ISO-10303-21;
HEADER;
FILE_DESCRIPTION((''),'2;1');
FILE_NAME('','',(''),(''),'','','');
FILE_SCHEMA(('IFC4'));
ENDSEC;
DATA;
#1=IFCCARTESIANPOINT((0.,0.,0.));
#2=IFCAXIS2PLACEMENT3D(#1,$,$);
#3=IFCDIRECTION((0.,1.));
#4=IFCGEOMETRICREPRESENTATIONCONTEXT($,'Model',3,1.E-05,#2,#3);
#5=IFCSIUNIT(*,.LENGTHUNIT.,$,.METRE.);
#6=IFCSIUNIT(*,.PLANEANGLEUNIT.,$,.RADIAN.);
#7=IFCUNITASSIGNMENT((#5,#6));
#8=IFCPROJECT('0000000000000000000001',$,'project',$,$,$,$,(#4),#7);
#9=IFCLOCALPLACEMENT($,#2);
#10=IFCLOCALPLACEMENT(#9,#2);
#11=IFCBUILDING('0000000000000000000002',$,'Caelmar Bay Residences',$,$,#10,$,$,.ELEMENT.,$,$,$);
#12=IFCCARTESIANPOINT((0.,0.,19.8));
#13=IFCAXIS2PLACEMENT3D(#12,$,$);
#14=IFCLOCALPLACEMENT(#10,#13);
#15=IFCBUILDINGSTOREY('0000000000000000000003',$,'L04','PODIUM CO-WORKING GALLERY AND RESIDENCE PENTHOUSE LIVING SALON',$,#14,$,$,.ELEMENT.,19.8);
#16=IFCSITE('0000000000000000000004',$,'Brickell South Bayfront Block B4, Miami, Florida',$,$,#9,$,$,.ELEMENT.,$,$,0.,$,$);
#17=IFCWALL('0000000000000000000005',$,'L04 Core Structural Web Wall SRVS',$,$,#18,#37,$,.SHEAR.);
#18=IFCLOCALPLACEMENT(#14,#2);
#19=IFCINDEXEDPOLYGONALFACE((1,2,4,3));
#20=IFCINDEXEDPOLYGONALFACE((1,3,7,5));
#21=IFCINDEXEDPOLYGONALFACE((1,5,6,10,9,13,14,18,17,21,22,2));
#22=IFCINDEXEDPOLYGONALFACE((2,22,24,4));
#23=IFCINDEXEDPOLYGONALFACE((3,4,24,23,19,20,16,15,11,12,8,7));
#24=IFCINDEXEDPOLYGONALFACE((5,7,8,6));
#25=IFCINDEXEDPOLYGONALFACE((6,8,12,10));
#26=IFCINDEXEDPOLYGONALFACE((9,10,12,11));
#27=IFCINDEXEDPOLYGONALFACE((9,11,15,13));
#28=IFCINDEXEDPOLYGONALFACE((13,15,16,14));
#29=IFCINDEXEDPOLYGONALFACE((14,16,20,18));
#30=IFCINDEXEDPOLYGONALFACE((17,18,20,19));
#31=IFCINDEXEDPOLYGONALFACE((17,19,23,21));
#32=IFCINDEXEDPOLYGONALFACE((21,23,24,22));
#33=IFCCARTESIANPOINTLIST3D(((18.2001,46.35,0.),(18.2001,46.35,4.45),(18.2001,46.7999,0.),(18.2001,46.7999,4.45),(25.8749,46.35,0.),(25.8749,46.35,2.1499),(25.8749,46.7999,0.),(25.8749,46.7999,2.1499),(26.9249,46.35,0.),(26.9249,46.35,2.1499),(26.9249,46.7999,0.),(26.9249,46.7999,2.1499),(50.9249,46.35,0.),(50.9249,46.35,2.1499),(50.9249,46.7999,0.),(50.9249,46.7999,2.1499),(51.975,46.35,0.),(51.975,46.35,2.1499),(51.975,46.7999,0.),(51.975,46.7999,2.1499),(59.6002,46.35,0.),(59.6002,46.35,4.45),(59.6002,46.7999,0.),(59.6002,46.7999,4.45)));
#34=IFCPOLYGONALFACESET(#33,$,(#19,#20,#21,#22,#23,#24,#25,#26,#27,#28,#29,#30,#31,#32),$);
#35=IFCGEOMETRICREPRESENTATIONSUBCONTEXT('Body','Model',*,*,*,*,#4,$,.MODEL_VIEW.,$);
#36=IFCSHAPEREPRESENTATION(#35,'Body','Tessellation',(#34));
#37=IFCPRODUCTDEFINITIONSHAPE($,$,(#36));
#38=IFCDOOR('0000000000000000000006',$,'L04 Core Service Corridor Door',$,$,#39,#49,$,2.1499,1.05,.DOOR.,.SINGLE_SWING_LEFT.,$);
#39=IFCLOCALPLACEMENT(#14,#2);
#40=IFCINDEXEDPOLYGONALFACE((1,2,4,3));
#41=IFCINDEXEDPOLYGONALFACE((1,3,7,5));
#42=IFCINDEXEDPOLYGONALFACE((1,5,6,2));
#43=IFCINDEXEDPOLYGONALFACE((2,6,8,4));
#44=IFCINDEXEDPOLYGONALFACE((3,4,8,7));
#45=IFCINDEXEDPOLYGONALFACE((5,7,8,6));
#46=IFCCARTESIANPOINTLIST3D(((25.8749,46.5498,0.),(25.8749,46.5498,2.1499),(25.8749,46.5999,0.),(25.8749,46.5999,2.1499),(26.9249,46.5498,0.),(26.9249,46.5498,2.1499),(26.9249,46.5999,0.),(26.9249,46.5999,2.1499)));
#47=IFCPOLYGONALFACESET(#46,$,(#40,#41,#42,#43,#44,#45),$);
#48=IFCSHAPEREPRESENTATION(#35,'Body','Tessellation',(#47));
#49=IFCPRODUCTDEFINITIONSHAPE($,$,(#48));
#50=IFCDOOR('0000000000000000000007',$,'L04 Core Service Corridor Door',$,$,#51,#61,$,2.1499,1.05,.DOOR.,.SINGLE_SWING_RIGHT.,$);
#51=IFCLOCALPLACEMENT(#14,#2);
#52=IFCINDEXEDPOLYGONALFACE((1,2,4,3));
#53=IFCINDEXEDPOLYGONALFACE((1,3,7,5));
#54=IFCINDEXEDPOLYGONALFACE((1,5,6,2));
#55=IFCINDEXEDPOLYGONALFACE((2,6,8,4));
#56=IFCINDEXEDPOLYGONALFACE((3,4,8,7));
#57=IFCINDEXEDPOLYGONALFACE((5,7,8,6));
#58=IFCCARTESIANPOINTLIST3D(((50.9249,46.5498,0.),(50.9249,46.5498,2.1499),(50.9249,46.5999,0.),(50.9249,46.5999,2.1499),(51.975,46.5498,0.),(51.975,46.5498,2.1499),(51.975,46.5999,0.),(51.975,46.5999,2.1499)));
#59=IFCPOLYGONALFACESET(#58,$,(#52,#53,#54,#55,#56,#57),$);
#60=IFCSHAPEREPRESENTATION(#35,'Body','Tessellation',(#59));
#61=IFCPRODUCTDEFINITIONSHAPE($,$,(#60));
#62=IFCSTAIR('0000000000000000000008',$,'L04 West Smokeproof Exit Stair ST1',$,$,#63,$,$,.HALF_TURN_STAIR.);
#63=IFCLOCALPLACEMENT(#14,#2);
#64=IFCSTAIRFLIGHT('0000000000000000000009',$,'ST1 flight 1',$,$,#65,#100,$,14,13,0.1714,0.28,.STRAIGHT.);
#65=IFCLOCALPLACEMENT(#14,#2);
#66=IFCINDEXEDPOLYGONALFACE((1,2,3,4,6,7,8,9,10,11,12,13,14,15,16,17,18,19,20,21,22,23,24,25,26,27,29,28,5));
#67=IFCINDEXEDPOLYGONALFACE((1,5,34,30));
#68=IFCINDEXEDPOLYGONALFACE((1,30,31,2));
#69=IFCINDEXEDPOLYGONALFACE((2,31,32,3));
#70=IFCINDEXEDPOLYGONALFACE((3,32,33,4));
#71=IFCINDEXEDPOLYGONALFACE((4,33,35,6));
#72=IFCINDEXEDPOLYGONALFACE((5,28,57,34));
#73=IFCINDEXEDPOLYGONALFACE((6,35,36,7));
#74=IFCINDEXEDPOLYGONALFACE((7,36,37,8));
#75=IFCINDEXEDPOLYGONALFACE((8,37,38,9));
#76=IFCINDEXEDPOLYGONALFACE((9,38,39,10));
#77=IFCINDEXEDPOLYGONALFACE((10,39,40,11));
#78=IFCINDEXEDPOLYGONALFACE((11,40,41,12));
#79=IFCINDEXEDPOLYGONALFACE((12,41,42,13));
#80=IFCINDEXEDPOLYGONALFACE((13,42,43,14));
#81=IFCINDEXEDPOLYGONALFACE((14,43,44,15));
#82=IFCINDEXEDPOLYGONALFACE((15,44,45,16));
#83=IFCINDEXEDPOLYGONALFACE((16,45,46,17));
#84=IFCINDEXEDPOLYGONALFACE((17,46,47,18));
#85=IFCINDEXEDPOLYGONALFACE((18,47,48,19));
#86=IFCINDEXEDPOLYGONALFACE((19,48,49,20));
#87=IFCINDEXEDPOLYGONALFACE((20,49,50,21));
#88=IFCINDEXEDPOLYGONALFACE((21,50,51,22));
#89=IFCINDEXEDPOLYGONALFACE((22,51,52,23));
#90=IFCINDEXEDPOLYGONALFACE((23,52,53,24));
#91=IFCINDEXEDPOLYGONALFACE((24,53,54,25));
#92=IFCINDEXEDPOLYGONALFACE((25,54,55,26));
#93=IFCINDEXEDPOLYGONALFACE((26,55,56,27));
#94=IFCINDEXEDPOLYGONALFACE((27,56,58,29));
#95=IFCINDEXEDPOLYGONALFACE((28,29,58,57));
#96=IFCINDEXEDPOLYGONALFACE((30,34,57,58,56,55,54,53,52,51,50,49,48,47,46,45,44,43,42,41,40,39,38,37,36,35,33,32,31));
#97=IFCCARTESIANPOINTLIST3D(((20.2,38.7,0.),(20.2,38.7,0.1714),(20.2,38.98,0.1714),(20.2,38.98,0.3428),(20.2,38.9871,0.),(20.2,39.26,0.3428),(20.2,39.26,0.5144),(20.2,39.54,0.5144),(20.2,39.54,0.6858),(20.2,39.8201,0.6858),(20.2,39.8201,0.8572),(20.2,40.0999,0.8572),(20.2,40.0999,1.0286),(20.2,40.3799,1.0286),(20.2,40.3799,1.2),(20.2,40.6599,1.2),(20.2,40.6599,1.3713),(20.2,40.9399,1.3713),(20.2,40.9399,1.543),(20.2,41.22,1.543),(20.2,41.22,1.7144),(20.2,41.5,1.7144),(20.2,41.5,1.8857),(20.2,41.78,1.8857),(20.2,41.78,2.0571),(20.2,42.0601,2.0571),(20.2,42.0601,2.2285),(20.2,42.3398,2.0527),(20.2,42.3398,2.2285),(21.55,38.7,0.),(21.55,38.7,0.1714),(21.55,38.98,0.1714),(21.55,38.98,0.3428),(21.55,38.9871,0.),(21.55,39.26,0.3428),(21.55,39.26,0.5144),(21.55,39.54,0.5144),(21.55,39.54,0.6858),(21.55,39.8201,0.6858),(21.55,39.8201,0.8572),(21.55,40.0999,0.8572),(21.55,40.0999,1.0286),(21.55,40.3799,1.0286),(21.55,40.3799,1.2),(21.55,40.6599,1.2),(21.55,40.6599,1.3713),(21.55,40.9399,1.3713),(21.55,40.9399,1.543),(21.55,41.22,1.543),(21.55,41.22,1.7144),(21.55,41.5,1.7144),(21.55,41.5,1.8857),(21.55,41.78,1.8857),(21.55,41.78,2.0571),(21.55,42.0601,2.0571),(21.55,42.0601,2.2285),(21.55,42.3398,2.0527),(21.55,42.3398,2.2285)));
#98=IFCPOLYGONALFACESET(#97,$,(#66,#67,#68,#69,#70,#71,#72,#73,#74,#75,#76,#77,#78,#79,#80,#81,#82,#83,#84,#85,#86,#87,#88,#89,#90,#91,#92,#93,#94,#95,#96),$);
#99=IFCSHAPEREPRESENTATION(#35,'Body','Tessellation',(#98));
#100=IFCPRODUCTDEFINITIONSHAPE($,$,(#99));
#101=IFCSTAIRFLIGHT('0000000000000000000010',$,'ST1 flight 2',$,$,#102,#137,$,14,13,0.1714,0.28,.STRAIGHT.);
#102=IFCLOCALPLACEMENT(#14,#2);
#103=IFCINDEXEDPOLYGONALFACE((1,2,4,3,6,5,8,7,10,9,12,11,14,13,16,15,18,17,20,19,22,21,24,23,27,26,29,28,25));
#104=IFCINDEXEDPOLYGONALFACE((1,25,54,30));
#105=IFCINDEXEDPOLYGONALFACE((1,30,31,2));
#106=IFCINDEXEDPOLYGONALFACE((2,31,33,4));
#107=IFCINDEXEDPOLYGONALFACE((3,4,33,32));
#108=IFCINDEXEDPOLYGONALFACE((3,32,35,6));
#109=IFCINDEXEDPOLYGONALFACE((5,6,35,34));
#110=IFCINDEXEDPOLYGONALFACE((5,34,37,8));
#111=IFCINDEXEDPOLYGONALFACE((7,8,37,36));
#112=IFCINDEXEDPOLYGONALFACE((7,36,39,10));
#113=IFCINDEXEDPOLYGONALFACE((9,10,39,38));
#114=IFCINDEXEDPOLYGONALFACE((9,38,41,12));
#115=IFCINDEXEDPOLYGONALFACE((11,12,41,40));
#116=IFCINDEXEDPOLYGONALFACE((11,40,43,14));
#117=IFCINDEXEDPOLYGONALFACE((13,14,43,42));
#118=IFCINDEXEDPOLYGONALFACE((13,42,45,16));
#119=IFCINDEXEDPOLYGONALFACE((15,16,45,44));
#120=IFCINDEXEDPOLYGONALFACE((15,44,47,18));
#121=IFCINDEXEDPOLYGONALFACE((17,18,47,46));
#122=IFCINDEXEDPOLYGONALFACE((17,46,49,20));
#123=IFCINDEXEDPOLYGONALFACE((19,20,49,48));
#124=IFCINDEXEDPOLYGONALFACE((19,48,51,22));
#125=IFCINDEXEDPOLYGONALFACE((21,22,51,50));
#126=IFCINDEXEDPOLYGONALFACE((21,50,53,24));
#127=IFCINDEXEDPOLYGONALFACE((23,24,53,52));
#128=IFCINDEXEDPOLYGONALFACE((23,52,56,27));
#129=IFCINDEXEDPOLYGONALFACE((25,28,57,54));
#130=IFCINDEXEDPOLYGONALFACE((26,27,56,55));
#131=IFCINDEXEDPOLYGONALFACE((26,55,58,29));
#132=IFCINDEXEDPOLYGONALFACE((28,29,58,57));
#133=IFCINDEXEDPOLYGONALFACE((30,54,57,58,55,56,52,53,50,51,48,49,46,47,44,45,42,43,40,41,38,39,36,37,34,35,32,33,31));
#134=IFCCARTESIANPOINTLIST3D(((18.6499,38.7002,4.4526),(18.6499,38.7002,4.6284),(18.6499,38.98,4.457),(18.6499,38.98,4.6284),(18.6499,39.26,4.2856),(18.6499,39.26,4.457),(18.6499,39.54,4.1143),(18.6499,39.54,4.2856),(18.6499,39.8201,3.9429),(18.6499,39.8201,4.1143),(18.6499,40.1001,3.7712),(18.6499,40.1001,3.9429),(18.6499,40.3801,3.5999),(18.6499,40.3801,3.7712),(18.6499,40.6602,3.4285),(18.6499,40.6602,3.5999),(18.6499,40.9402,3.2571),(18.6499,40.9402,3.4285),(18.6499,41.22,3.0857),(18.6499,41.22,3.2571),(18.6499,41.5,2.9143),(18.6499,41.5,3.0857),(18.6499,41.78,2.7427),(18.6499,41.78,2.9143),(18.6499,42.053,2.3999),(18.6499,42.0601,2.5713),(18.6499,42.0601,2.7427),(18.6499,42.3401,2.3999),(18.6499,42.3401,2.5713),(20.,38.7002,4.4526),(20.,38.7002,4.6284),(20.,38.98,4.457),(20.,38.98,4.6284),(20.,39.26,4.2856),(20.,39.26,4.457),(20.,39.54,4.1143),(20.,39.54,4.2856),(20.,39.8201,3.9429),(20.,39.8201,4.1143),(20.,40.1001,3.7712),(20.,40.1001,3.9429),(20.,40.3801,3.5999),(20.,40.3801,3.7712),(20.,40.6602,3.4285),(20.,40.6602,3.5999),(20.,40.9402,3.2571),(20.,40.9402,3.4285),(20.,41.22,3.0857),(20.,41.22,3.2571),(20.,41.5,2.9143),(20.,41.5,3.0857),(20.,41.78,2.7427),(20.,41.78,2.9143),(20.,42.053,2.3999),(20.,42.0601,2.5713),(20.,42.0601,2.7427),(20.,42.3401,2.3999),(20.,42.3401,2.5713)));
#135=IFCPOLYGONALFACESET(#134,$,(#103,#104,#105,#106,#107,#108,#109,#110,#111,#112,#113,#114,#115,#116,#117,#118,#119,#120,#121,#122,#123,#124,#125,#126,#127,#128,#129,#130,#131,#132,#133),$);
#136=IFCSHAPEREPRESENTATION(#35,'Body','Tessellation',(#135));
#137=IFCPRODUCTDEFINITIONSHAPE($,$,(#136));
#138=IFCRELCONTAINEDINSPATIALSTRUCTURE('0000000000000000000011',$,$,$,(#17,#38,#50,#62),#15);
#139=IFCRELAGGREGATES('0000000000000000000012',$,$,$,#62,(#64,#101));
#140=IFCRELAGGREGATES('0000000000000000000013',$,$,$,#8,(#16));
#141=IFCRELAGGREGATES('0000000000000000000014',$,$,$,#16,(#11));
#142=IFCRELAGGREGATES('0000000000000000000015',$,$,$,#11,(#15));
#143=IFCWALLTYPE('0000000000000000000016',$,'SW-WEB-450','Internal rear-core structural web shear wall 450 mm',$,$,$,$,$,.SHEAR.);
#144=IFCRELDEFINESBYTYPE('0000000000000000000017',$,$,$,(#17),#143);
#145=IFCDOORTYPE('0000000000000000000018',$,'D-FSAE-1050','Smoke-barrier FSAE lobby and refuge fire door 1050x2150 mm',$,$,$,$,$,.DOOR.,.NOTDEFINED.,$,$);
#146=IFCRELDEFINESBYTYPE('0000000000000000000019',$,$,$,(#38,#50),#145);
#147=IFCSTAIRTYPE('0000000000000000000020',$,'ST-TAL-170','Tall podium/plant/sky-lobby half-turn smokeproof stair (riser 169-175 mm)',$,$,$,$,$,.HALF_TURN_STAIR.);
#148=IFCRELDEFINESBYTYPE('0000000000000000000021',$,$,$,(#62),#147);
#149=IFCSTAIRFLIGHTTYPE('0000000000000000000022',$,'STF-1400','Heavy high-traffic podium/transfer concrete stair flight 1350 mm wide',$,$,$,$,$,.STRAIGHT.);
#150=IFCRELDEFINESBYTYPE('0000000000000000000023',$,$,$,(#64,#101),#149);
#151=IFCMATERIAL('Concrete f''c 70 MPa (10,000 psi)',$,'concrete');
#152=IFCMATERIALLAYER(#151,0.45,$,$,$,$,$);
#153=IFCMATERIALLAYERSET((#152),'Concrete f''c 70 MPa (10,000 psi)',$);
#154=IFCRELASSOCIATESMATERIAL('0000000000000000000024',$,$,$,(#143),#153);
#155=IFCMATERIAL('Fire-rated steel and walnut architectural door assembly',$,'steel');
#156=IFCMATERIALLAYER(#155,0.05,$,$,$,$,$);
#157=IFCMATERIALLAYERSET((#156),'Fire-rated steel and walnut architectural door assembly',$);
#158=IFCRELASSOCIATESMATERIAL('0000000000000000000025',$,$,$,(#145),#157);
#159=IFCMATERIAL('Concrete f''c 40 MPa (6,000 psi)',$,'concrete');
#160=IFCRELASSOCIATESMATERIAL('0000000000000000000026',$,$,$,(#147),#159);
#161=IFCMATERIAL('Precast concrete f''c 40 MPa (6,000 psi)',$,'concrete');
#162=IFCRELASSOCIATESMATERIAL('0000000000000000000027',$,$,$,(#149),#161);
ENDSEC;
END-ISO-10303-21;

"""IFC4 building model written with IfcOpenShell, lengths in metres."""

from ifc_helpers import new_model, si_unit, direction, frame, frame_2d, origin, place, context, subcontext, project, spatial, polyline, rectangle, outline, extrude, material, layer, layer_set, type_object, element, fill, aggregate, save


model = new_model("IFC4")

# Units and contexts
model_context = context("Model", 3, precision=1e-05, world=origin(), true_north=direction((0.0, 1.0)))
body_context = subcontext(model_context, "Body", "Model", "MODEL_VIEW")
ifc_project = project(units=[si_unit("LENGTHUNIT", "METRE"), si_unit("PLANEANGLEUNIT", "RADIAN")], contexts=[model_context])

# Site, building, storey
site_placement = place(None, origin())
site = spatial("IfcSite", under=ifc_project, at=site_placement, Name="Brickell South Bayfront Block B4, Miami, Florida", CompositionType="ELEMENT", RefElevation=0.0)
building_placement = place(site_placement, origin())
building = spatial("IfcBuilding", under=site, at=building_placement, Name="Caelmar Bay Residences", CompositionType="ELEMENT")
storey_placement = place(building_placement, frame((0.0, 0.0, 19.8)))
storey = spatial("IfcBuildingStorey", under=building, at=storey_placement, Name="L04", Description="PODIUM CO-WORKING GALLERY AND RESIDENCE PENTHOUSE LIVING SALON", CompositionType="ELEMENT", Elevation=19.8)

# Wall, openings, doors
ifc_material_1 = material(Name="Concrete f'c 70 MPa (10,000 psi)", Category="concrete")
ifc_layer_1 = layer(ifc_material_1, 0.45)
ifc_layer_set_1 = layer_set([ifc_layer_1], Name="Concrete f'c 70 MPa (10,000 psi)")
wall_type = type_object("IfcWallType", Name="SW-WEB-450", Description="Internal rear-core structural web shear wall 450 mm", PredefinedType="SHEAR", material=ifc_layer_set_1)
wall_placement = place(storey_placement, frame((18.2, 46.575, 0.0), z_axis=(0.0, 0.0, 1.0), x_axis=(1.0, 0.0, 0.0)))
wall = element("IfcWall", 1, at=wall_placement, inside=storey, type_object=wall_type, Name="L04 Core Structural Web Wall SRVS", PredefinedType="SHEAR", context=body_context, shape_type="SweptSolid", body=[
    extrude(rectangle(XDim=41.4001, YDim=0.45, at=frame_2d((20.7002, 0.0))), origin(), (0.0, 0.0, 1.0), 4.45),
])
opening_1_placement = place(wall_placement, frame((7.675, 0.0, 0.0)))
opening_1 = element("IfcOpeningElement", 2, at=opening_1_placement, cuts=wall, PredefinedType="OPENING", context=body_context, shape_type="SweptSolid", body=[
    extrude(rectangle(XDim=1.05, YDim=2.1499, at=frame_2d((0.5249, 1.075))), frame((0.0, 0.2349, 0.0), z_axis=(0.0, -1.0, 0.0), x_axis=(1.0, 0.0, 0.0)), (0.0, 0.0, 1.0), 0.47),
])
opening_2_placement = place(wall_placement, frame((32.7251, 0.0, 0.0)))
opening_2 = element("IfcOpeningElement", 3, at=opening_2_placement, cuts=wall, PredefinedType="OPENING", context=body_context, shape_type="SweptSolid", body=[
    extrude(rectangle(XDim=1.05, YDim=2.1499, at=frame_2d((0.5249, 1.075))), frame((0.0, 0.2349, 0.0), z_axis=(0.0, -1.0, 0.0), x_axis=(1.0, 0.0, 0.0)), (0.0, 0.0, 1.0), 0.47),
])
ifc_material_2 = material(Name="Fire-rated steel and walnut architectural door assembly", Category="steel")
ifc_layer_2 = layer(ifc_material_2, 0.05)
ifc_layer_set_2 = layer_set([ifc_layer_2], Name="Fire-rated steel and walnut architectural door assembly")
door_type = type_object("IfcDoorType", Name="D-FSAE-1050", Description="Smoke-barrier FSAE lobby and refuge fire door 1050x2150 mm", OperationType="NOTDEFINED", PredefinedType="DOOR", material=ifc_layer_set_2)
door_1_placement = place(opening_1_placement, origin())
door_1 = element("IfcDoor", 4, at=door_1_placement, inside=storey, type_object=door_type, Name="L04 Core Service Corridor Door", OperationType="SINGLE_SWING_LEFT", OverallHeight=2.1499, OverallWidth=1.05, PredefinedType="DOOR", context=body_context, shape_type="SweptSolid", body=[
    extrude(rectangle(XDim=1.05, YDim=2.1499, at=frame_2d((0.5249, 1.075))), frame((0.0, 0.0249, 0.0), z_axis=(0.0, -1.0, 0.0), x_axis=(1.0, 0.0, 0.0)), (0.0, 0.0, 1.0), 0.05),
])
fill(opening_1, door_1)
door_2_placement = place(opening_2_placement, origin())
door_2 = element("IfcDoor", 5, at=door_2_placement, inside=storey, type_object=door_type, Name="L04 Core Service Corridor Door", OperationType="SINGLE_SWING_RIGHT", OverallHeight=2.1499, OverallWidth=1.05, PredefinedType="DOOR", context=body_context, shape_type="SweptSolid", body=[
    extrude(rectangle(XDim=1.05, YDim=2.1499, at=frame_2d((0.5249, 1.075))), frame((0.0, 0.0249, 0.0), z_axis=(0.0, -1.0, 0.0), x_axis=(1.0, 0.0, 0.0)), (0.0, 0.0, 1.0), 0.05),
])
fill(opening_2, door_2)

# Stair, stair flights
ifc_material_3 = material(Name="Concrete f'c 40 MPa (6,000 psi)", Category="concrete")
stair_type = type_object("IfcStairType", Name="ST-TAL-170", Description="Tall podium/plant/sky-lobby half-turn smokeproof stair (riser 169-175 mm)", PredefinedType="HALF_TURN_STAIR", material=ifc_material_3)
stair_placement = place(storey_placement, origin())
stair = element("IfcStair", 6, at=stair_placement, inside=storey, type_object=stair_type, Name="L04 West Smokeproof Exit Stair ST1", PredefinedType="HALF_TURN_STAIR")
ifc_material_4 = material(Name="Precast concrete f'c 40 MPa (6,000 psi)", Category="concrete")
stair_flight_type = type_object("IfcStairFlightType", Name="STF-1400", Description="Heavy high-traffic podium/transfer concrete stair flight 1350 mm wide", PredefinedType="STRAIGHT", material=ifc_material_4)
stair_flight_1_placement = place(storey_placement, frame((20.875, 38.7, 0.0), z_axis=(0.0, 0.0, 1.0), x_axis=(0.0, 1.0, 0.0)))
stair_flight_1 = element("IfcStairFlight", 7, at=stair_flight_1_placement, type_object=stair_flight_type, Name="ST1 flight 1", NumberOfRisers=14, NumberOfTreads=13, PredefinedType="STRAIGHT", RiserHeight=0.1714, TreadLength=0.28, context=body_context, shape_type="SweptSolid", body=[
    extrude(outline(polyline([(0.0, 0.0), (0.0, 0.1714), (0.28, 0.1714), (0.28, 0.3428), (0.5601, 0.3428), (0.5601, 0.5144), (0.8401, 0.5144), (0.8401, 0.6858), (1.1201, 0.6858), (1.1201, 0.8572), (1.3999, 0.8572), (1.3999, 1.0286), (1.6799, 1.0286), (1.6799, 1.2), (1.96, 1.2), (1.96, 1.3713), (2.24, 1.3713), (2.24, 1.543), (2.52, 1.543), (2.52, 1.7144), (2.8, 1.7144), (2.8, 1.8857), (3.0801, 1.8857), (3.0801, 2.0571), (3.3601, 2.0571), (3.3601, 2.2285), (3.6399, 2.2285), (3.6399, 2.3999), (3.6399, 2.0527), (0.2871, 0.0), (0.0, 0.0)])), frame((0.0, 0.675, 0.0), z_axis=(0.0, -1.0, 0.0), x_axis=(1.0, 0.0, 0.0)), (0.0, 0.0, 1.0), 1.3501),
])
stair_flight_2_placement = place(storey_placement, frame((19.325, 42.3401, 2.3999), z_axis=(0.0, 0.0, 1.0), x_axis=(0.0, -1.0, 0.0)))
stair_flight_2 = element("IfcStairFlight", 8, at=stair_flight_2_placement, type_object=stair_flight_type, Name="ST1 flight 2", NumberOfRisers=14, NumberOfTreads=13, PredefinedType="STRAIGHT", RiserHeight=0.1714, TreadLength=0.28, context=body_context, shape_type="SweptSolid", body=[
    extrude(outline(polyline([(0.0, 0.0), (0.0, 0.1714), (0.28, 0.1714), (0.28, 0.3428), (0.5601, 0.3428), (0.5601, 0.5144), (0.8401, 0.5144), (0.8401, 0.6858), (1.1201, 0.6858), (1.1201, 0.8572), (1.3999, 0.8572), (1.3999, 1.0286), (1.6799, 1.0286), (1.6799, 1.2), (1.96, 1.2), (1.96, 1.3713), (2.24, 1.3713), (2.24, 1.543), (2.52, 1.543), (2.52, 1.7144), (2.8, 1.7144), (2.8, 1.8857), (3.0801, 1.8857), (3.0801, 2.0571), (3.3601, 2.0571), (3.3601, 2.2285), (3.6399, 2.2285), (3.6399, 2.3999), (3.6399, 2.0527), (0.2871, 0.0), (0.0, 0.0)])), frame((0.0, 0.675, 0.0), z_axis=(0.0, -1.0, 0.0), x_axis=(1.0, 0.0, 0.0)), (0.0, 0.0, 1.0), 1.3501),
])
aggregate(stair, [stair_flight_1, stair_flight_2])

save(model, "model.ifc")
